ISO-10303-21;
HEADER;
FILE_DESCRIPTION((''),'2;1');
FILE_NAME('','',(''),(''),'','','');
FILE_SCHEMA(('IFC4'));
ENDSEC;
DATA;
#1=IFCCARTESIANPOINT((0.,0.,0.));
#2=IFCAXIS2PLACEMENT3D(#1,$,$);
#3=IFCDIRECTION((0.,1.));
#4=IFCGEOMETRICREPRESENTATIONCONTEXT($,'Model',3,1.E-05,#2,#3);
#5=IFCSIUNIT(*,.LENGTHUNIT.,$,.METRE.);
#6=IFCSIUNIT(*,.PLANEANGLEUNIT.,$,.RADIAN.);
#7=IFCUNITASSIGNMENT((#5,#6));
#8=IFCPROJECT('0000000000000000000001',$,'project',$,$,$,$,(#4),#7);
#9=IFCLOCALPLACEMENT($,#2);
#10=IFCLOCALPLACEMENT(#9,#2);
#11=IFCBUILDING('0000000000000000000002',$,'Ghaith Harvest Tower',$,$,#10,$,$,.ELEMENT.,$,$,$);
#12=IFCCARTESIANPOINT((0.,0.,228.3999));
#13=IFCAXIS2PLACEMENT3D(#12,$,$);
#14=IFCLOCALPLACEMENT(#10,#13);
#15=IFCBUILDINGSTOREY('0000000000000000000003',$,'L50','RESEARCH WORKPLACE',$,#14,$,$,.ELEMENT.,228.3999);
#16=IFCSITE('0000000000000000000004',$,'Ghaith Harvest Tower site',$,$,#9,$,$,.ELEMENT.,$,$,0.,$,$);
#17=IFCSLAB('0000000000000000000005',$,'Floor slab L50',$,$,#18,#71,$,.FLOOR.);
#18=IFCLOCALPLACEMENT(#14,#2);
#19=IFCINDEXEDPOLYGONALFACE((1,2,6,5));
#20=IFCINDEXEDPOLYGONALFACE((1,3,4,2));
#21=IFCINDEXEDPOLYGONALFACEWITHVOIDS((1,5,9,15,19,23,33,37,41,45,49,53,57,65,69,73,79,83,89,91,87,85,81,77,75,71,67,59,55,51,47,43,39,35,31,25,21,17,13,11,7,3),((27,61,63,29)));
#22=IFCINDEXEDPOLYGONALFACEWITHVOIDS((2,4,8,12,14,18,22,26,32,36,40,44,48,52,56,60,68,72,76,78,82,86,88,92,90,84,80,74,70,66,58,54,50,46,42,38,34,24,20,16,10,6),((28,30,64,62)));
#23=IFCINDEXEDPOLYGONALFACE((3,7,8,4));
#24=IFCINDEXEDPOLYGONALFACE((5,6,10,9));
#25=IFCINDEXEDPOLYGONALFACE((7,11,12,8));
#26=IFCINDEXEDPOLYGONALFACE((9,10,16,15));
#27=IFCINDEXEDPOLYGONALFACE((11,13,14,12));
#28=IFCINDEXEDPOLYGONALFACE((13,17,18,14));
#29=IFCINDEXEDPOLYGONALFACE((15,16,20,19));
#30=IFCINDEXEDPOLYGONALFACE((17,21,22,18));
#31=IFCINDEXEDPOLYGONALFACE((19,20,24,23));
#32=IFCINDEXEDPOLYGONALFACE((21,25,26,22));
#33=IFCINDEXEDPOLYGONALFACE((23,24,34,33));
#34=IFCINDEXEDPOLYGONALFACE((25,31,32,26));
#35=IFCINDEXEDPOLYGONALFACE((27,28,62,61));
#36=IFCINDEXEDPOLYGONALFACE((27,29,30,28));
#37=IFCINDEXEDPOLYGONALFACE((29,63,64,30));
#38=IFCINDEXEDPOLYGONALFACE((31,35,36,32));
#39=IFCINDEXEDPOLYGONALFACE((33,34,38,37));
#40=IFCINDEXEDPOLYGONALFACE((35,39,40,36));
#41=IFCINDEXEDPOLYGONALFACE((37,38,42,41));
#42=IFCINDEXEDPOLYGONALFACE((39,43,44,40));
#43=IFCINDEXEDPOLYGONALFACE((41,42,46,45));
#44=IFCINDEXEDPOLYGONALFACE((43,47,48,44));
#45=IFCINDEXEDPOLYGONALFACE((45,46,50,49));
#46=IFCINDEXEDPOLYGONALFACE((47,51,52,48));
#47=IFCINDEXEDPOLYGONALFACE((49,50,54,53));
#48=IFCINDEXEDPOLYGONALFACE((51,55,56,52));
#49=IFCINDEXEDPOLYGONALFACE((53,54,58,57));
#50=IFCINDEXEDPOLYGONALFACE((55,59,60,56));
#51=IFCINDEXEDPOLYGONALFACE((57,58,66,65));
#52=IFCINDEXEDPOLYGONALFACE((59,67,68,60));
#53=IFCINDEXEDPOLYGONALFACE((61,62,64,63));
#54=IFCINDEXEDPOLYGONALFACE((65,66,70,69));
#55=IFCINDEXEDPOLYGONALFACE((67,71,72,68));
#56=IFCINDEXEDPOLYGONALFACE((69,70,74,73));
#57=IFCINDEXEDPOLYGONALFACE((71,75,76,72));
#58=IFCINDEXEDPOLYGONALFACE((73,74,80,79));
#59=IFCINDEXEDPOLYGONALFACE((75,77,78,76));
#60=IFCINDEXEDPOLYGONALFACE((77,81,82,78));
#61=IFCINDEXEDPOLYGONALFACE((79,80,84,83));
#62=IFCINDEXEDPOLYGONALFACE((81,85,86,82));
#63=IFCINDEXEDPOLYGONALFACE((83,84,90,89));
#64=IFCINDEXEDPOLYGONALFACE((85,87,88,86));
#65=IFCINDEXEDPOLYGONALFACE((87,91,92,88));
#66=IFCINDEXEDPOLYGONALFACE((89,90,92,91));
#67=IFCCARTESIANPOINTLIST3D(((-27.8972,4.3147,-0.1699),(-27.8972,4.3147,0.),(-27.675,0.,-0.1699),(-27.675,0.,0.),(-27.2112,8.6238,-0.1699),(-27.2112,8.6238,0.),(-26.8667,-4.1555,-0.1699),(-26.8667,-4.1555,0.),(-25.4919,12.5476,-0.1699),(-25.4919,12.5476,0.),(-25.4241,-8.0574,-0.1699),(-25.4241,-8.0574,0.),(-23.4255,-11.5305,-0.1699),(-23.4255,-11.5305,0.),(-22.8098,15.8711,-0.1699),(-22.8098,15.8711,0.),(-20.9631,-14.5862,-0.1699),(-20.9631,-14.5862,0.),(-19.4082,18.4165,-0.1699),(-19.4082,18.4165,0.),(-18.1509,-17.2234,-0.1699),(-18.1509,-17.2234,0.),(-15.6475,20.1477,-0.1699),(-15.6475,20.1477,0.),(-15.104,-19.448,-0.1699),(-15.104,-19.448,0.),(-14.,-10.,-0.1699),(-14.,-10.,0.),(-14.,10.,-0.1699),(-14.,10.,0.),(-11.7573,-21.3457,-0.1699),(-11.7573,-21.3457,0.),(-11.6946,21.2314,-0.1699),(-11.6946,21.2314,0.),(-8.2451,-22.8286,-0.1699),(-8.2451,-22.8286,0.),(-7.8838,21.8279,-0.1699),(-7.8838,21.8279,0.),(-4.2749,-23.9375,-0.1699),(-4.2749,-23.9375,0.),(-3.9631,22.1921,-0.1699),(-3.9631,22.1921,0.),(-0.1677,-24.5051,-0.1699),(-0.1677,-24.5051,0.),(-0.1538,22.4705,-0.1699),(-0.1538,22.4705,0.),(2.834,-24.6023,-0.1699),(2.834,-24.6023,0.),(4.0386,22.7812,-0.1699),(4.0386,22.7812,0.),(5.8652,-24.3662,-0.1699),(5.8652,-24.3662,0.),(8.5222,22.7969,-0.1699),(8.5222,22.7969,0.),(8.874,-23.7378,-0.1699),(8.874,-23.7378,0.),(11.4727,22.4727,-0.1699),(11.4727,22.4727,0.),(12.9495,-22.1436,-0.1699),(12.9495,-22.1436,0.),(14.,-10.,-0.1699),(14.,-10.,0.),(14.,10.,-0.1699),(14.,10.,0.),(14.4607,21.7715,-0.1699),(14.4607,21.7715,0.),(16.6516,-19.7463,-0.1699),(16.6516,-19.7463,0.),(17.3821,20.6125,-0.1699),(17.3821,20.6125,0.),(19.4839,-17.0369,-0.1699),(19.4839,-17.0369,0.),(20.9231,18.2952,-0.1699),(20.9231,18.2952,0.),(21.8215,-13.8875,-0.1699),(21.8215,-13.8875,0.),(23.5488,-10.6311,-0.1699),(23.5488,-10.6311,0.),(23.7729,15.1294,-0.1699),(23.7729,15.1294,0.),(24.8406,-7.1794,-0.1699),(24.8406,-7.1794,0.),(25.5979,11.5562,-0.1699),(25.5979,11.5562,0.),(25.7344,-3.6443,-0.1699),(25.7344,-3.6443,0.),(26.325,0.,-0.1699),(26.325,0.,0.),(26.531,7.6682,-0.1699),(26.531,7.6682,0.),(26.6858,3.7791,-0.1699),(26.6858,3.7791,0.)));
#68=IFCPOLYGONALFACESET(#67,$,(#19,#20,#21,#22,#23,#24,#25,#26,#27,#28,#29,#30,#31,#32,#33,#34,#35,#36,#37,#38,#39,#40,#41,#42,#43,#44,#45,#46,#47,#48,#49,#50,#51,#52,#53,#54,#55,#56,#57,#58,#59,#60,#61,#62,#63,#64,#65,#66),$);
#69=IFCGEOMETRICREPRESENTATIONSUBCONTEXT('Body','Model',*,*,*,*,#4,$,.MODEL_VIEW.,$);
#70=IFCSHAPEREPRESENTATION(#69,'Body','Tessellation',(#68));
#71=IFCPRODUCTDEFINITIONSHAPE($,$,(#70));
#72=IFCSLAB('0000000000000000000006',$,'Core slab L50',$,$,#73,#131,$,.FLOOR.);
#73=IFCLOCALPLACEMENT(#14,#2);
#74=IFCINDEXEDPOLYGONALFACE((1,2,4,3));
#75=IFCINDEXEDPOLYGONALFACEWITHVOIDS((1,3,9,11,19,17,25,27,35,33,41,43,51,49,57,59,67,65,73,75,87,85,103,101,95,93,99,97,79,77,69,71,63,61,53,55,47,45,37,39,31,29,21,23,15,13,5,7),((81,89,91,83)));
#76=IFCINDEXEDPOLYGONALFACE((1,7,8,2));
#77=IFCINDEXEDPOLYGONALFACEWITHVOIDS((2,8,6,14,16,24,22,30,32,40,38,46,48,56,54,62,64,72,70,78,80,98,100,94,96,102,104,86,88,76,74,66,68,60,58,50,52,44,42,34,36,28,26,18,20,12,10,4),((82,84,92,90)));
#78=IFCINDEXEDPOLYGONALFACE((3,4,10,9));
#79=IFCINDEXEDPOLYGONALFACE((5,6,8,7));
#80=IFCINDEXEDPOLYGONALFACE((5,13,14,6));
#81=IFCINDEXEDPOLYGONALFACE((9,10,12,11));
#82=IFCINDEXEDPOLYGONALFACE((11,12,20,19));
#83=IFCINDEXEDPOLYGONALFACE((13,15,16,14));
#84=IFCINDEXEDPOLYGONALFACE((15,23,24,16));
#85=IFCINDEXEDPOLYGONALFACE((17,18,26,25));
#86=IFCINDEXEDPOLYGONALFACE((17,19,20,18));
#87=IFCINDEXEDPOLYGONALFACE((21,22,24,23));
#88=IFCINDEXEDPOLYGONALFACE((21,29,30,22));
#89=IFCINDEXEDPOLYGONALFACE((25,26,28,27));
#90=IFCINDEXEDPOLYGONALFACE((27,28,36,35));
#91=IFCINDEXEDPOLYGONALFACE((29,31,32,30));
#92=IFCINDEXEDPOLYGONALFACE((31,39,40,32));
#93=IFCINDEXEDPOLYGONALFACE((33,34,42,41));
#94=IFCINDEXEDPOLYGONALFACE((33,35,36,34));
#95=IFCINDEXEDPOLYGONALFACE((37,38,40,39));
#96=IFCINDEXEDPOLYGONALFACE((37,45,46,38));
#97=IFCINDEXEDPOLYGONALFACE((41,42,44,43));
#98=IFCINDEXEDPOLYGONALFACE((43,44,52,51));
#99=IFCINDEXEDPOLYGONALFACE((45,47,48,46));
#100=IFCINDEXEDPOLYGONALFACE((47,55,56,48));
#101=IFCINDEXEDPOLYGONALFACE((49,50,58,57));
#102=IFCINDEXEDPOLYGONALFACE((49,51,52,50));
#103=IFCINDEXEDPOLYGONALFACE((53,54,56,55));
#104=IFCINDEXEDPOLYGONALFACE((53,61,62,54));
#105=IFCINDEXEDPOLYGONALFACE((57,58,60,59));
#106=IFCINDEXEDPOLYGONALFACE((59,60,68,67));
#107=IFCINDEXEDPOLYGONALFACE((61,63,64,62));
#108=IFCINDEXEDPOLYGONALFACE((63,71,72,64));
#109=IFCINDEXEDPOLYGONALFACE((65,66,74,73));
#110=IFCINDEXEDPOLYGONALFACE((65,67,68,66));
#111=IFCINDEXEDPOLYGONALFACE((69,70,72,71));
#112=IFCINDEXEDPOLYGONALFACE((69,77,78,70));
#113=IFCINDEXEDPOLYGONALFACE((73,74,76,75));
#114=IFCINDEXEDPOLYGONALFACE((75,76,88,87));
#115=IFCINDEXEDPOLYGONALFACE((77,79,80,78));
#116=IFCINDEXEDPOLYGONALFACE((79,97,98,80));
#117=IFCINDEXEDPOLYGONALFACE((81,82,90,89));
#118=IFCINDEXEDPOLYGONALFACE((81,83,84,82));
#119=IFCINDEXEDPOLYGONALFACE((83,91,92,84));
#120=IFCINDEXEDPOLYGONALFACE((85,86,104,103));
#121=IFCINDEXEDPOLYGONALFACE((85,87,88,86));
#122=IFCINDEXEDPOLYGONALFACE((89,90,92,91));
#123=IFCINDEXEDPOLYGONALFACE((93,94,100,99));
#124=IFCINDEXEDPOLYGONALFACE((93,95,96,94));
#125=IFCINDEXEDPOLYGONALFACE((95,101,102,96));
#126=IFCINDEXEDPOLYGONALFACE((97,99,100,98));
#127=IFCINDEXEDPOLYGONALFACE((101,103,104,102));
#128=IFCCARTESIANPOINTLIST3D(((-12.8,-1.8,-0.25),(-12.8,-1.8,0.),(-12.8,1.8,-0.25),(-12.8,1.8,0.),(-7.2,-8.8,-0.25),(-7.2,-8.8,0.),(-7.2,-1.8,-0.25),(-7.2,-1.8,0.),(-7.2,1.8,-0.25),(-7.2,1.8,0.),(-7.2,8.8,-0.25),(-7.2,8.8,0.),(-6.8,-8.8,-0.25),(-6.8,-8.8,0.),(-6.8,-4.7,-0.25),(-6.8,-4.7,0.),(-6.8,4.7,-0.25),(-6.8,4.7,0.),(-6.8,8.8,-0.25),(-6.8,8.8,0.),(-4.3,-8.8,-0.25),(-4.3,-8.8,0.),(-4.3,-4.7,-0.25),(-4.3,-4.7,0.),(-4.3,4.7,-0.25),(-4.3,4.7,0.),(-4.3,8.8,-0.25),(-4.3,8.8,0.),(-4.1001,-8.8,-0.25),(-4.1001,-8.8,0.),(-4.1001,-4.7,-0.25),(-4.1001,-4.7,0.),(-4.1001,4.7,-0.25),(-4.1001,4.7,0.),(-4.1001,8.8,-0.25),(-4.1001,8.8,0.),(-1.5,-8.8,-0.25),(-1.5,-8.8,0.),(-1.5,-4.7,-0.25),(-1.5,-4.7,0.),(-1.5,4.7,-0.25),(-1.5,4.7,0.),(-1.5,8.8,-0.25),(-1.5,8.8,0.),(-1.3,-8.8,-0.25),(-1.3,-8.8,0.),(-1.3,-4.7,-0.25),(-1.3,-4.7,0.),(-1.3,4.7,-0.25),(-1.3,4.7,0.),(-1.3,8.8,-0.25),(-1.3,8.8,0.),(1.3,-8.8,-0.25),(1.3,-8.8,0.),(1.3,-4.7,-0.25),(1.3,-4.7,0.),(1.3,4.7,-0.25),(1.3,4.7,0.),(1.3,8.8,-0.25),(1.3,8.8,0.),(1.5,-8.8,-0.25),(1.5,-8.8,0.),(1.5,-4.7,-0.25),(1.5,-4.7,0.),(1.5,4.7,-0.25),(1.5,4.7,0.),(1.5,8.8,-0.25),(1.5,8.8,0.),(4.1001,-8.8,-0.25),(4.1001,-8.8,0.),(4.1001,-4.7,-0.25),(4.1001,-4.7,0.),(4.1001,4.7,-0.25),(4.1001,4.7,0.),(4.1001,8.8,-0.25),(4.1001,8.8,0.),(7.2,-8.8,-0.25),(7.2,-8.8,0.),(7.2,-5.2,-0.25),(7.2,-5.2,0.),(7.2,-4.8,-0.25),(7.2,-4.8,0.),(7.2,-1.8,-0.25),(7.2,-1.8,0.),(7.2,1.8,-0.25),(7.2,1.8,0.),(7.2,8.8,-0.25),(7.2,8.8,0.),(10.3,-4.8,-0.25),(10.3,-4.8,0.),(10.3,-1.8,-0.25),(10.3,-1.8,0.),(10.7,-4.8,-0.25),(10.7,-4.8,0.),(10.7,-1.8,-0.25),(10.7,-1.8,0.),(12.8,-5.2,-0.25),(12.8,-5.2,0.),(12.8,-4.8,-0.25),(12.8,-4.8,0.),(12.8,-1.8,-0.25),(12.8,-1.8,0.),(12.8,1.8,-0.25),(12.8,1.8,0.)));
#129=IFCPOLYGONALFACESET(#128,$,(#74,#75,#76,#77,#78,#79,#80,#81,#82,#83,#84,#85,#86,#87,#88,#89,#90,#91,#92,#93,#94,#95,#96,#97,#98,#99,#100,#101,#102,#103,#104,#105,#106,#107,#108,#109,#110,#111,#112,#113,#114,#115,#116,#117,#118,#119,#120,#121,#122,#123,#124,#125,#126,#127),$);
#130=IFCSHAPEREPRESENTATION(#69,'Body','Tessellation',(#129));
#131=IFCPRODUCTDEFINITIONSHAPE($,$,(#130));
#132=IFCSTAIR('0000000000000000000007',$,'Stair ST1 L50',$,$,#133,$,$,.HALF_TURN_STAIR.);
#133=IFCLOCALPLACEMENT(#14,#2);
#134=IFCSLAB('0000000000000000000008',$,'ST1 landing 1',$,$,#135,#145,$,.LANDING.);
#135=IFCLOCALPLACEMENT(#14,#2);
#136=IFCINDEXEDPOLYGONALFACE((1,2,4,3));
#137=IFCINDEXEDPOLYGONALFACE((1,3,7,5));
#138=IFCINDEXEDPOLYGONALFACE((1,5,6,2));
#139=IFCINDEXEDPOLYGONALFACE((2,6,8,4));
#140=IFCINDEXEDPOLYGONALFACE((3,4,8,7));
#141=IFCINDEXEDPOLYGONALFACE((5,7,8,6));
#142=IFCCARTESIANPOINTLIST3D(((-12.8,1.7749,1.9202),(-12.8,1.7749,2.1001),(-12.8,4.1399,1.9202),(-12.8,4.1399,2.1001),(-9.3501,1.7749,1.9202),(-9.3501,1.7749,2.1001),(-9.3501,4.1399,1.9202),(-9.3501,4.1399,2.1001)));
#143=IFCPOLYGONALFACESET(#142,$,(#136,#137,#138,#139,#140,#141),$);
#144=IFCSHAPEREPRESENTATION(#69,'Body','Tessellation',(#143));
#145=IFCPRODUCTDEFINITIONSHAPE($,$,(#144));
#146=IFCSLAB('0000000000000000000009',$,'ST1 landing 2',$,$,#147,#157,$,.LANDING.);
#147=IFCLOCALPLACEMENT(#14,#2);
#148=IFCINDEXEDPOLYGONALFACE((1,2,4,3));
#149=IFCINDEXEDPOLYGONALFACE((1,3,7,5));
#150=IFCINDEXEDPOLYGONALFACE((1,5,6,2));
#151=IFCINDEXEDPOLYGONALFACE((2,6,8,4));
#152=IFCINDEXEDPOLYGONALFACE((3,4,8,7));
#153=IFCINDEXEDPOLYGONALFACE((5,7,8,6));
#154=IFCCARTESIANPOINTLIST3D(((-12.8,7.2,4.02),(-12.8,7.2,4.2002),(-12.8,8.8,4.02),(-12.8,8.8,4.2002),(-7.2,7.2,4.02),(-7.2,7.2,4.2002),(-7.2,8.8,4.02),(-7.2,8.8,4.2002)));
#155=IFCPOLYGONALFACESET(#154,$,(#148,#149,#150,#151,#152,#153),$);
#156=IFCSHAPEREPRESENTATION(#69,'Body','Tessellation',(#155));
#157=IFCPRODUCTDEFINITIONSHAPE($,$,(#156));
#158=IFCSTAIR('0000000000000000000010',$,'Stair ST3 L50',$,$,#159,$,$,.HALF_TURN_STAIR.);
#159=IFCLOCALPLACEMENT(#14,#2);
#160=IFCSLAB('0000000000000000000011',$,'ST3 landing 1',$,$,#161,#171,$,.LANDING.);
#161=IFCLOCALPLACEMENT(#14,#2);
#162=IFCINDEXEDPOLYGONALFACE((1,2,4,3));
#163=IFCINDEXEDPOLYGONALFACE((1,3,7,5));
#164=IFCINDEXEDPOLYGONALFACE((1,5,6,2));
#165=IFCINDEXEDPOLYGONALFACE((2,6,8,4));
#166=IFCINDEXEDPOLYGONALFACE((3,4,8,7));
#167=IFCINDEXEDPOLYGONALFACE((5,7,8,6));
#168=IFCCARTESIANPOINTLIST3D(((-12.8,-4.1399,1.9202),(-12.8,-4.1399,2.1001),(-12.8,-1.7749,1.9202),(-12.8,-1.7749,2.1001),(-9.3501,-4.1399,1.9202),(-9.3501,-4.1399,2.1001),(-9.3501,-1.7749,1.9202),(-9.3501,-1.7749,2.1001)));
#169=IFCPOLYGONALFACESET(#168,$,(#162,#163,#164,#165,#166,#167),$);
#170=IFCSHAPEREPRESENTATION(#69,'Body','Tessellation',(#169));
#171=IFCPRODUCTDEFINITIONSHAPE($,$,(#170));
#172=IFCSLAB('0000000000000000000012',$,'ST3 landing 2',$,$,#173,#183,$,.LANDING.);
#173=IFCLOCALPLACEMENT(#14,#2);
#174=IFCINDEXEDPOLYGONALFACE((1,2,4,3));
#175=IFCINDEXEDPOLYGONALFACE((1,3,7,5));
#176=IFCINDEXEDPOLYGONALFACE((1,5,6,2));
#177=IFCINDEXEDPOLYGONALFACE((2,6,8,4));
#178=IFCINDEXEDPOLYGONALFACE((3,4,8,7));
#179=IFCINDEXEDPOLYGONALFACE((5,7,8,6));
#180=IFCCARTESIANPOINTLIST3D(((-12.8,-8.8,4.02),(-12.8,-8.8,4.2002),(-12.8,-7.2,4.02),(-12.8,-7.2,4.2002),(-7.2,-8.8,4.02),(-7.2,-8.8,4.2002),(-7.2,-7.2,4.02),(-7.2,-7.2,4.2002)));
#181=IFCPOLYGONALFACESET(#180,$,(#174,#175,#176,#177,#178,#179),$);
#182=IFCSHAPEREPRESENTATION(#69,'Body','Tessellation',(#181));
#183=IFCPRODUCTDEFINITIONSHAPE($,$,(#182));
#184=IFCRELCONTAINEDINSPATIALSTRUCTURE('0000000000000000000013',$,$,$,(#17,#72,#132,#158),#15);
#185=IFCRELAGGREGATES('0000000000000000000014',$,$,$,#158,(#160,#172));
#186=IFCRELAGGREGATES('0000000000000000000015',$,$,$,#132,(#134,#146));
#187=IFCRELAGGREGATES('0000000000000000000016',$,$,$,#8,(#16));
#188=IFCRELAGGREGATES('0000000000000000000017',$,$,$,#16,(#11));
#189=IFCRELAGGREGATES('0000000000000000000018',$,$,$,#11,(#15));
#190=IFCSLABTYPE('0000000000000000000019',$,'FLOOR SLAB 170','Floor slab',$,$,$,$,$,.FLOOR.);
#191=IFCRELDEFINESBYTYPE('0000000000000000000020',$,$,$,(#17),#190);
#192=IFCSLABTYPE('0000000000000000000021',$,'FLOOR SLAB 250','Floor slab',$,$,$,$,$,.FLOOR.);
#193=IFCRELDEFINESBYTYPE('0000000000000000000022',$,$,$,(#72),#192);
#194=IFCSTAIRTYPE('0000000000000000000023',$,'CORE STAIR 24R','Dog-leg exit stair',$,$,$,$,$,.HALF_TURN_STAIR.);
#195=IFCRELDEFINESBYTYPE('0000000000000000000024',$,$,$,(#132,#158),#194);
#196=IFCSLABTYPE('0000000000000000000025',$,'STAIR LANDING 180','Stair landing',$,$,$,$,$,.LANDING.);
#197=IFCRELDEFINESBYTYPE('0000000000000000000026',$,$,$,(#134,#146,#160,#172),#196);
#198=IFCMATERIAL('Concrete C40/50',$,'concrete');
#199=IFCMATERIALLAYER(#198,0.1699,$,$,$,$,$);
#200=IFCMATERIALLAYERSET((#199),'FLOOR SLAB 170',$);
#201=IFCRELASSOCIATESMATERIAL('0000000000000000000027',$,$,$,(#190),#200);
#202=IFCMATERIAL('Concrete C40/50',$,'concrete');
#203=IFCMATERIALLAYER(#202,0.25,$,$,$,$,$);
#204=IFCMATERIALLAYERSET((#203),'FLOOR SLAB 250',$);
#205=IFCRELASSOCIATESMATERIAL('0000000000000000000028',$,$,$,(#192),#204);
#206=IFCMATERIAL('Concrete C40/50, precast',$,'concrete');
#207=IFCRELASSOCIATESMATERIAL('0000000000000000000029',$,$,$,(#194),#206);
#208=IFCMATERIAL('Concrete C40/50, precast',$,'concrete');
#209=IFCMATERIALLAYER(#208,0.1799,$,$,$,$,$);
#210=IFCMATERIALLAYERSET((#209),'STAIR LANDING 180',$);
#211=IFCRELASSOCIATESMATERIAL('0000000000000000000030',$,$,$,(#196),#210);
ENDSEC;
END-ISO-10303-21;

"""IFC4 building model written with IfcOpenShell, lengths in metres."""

from ifc_helpers import new_model, si_unit, direction, frame, origin, place, context, subcontext, project, spatial, polyline, outline, extrude, material, layer, layer_set, type_object, element, aggregate, save


model = new_model("IFC4")

# Units and contexts
model_context = context("Model", 3, precision=1e-05, world=origin(), true_north=direction((0.0, 1.0)))
body_context = subcontext(model_context, "Body", "Model", "MODEL_VIEW")
ifc_project = project(units=[si_unit("LENGTHUNIT", "METRE"), si_unit("PLANEANGLEUNIT", "RADIAN")], contexts=[model_context])

# Site, building, storey
site_placement = place(None, origin())
site = spatial("IfcSite", under=ifc_project, at=site_placement, Name="Ghaith Harvest Tower site", CompositionType="ELEMENT", RefElevation=0.0)
building_placement = place(site_placement, origin())
building = spatial("IfcBuilding", under=site, at=building_placement, Name="Ghaith Harvest Tower", CompositionType="ELEMENT")
storey_placement = place(building_placement, frame((0.0, 0.0, 228.3999)))
storey = spatial("IfcBuildingStorey", under=building, at=storey_placement, Name="L50", Description="RESEARCH WORKPLACE", CompositionType="ELEMENT", Elevation=228.3999)

# Slabs
ifc_material_1 = material(Name="Concrete C40/50", Category="concrete")
ifc_layer_1 = layer(ifc_material_1, 0.1699)
ifc_layer_set_1 = layer_set([ifc_layer_1], Name="FLOOR SLAB 170")
slab_type_1 = type_object("IfcSlabType", Name="FLOOR SLAB 170", Description="Floor slab", PredefinedType="FLOOR", material=ifc_layer_set_1)
slab_1_placement = place(storey_placement, frame((0.0, 0.0, -0.1699)))
element("IfcSlab", 1, at=slab_1_placement, inside=storey, type_object=slab_type_1, Name="Floor slab L50", PredefinedType="FLOOR", context=body_context, shape_type="SweptSolid", body=[
    extrude(outline(polyline([(26.325, 0.0), (26.6858, 3.7791), (26.531, 7.6682), (25.5979, 11.5562), (23.7729, 15.1294), (20.9231, 18.2952), (17.3821, 20.6125), (14.4607, 21.7715), (11.4727, 22.4727), (8.5222, 22.7969), (4.0386, 22.7812), (-0.1538, 22.4705), (-3.9631, 22.1921), (-7.8838, 21.8279), (-11.6946, 21.2314), (-15.6475, 20.1477), (-19.4082, 18.4165), (-22.8098, 15.8711), (-25.4919, 12.5476), (-27.2112, 8.6238), (-27.8972, 4.3147), (-27.675, 0.0), (-26.8667, -4.1555), (-25.4241, -8.0574), (-23.4255, -11.5305), (-20.9631, -14.5862), (-18.1509, -17.2234), (-15.104, -19.448), (-11.7573, -21.3457), (-8.2451, -22.8286), (-4.2749, -23.9375), (-0.1677, -24.5051), (2.834, -24.6023), (5.8652, -24.3662), (8.874, -23.7378), (12.9495, -22.1436), (16.6516, -19.7463), (19.4839, -17.0369), (21.8215, -13.8875), (23.5488, -10.6311), (24.8406, -7.1794), (25.7344, -3.6443), (26.325, 0.0)]), holes=[polyline([(-14.0, -10.0), (14.0, -10.0), (14.0, 10.0), (-14.0, 10.0), (-14.0, -10.0)])]), origin(), (0.0, 0.0, 1.0), 0.1699),
])
ifc_material_2 = material(Name="Concrete C40/50", Category="concrete")
ifc_layer_2 = layer(ifc_material_2, 0.25)
ifc_layer_set_2 = layer_set([ifc_layer_2], Name="FLOOR SLAB 250")
slab_type_2 = type_object("IfcSlabType", Name="FLOOR SLAB 250", Description="Floor slab", PredefinedType="FLOOR", material=ifc_layer_set_2)
slab_2_placement = place(storey_placement, frame((0.0, 0.0, -0.25)))
element("IfcSlab", 2, at=slab_2_placement, inside=storey, type_object=slab_type_2, Name="Core slab L50", PredefinedType="FLOOR", context=body_context, shape_type="SweptSolid", body=[
    extrude(outline(polyline([(-12.8, 1.8), (-7.2, 1.8), (-7.2, 8.8), (-6.8, 8.8), (-6.8, 4.7), (-4.3, 4.7), (-4.3, 8.8), (-4.1001, 8.8), (-4.1001, 4.7), (-1.5, 4.7), (-1.5, 8.8), (-1.3, 8.8), (-1.3, 4.7), (1.3, 4.7), (1.3, 8.8), (1.5, 8.8), (1.5, 4.7), (4.1001, 4.7), (4.1001, 8.8), (7.2, 8.8), (7.2, 1.8), (12.8, 1.8), (12.8, -1.8), (10.7, -1.8), (10.7, -4.8), (12.8, -4.8), (12.8, -5.2), (7.2, -5.2), (7.2, -8.8), (4.1001, -8.8), (4.1001, -4.7), (1.5, -4.7), (1.5, -8.8), (1.3, -8.8), (1.3, -4.7), (-1.3, -4.7), (-1.3, -8.8), (-1.5, -8.8), (-1.5, -4.7), (-4.1001, -4.7), (-4.1001, -8.8), (-4.3, -8.8), (-4.3, -4.7), (-6.8, -4.7), (-6.8, -8.8), (-7.2, -8.8), (-7.2, -1.8), (-12.8, -1.8), (-12.8, 1.8)]), holes=[polyline([(10.3, -4.8), (10.3, -1.8), (7.2, -1.8), (7.2, -4.8), (10.3, -4.8)])]), origin(), (0.0, 0.0, 1.0), 0.25),
])

# Stairs, slabs
ifc_material_3 = material(Name="Concrete C40/50, precast", Category="concrete")
stair_type = type_object("IfcStairType", Name="CORE STAIR 24R", Description="Dog-leg exit stair", PredefinedType="HALF_TURN_STAIR", material=ifc_material_3)
stair_1_placement = place(storey_placement, origin())
stair_1 = element("IfcStair", 3, at=stair_1_placement, inside=storey, type_object=stair_type, Name="Stair ST1 L50", PredefinedType="HALF_TURN_STAIR")
ifc_material_4 = material(Name="Concrete C40/50, precast", Category="concrete")
ifc_layer_3 = layer(ifc_material_4, 0.1799)
ifc_layer_set_3 = layer_set([ifc_layer_3], Name="STAIR LANDING 180")
slab_type_3 = type_object("IfcSlabType", Name="STAIR LANDING 180", Description="Stair landing", PredefinedType="LANDING", material=ifc_layer_set_3)
slab_3_placement = place(storey_placement, frame((0.0, 0.0, 1.9202)))
slab_3 = element("IfcSlab", 4, at=slab_3_placement, type_object=slab_type_3, Name="ST1 landing 1", PredefinedType="LANDING", context=body_context, shape_type="SweptSolid", body=[
    extrude(outline(polyline([(-12.8, 4.1399), (-12.8, 1.7749), (-9.3501, 1.7749), (-9.3501, 4.1399), (-12.8, 4.1399)])), origin(), (0.0, 0.0, 1.0), 0.1799),
])
slab_4_placement = place(storey_placement, frame((0.0, 0.0, 4.02)))
slab_4 = element("IfcSlab", 5, at=slab_4_placement, type_object=slab_type_3, Name="ST1 landing 2", PredefinedType="LANDING", context=body_context, shape_type="SweptSolid", body=[
    extrude(outline(polyline([(-12.8, 8.8), (-12.8, 7.2), (-7.2, 7.2), (-7.2, 8.8), (-12.8, 8.8)])), origin(), (0.0, 0.0, 1.0), 0.1802),
])
stair_2_placement = place(storey_placement, origin())
stair_2 = element("IfcStair", 6, at=stair_2_placement, inside=storey, type_object=stair_type, Name="Stair ST3 L50", PredefinedType="HALF_TURN_STAIR")
slab_5_placement = place(storey_placement, frame((0.0, 0.0, 1.9202)))
slab_5 = element("IfcSlab", 7, at=slab_5_placement, type_object=slab_type_3, Name="ST3 landing 1", PredefinedType="LANDING", context=body_context, shape_type="SweptSolid", body=[
    extrude(outline(polyline([(-12.8, -4.1399), (-12.8, -1.7749), (-9.3501, -1.7749), (-9.3501, -4.1399), (-12.8, -4.1399)])), origin(), (0.0, 0.0, 1.0), 0.1799),
])
slab_6_placement = place(storey_placement, frame((0.0, 0.0, 4.02)))
slab_6 = element("IfcSlab", 8, at=slab_6_placement, type_object=slab_type_3, Name="ST3 landing 2", PredefinedType="LANDING", context=body_context, shape_type="SweptSolid", body=[
    extrude(outline(polyline([(-12.8, -8.8), (-12.8, -7.2), (-7.2, -7.2), (-7.2, -8.8), (-12.8, -8.8)])), origin(), (0.0, 0.0, 1.0), 0.1802),
])
aggregate(stair_2, [slab_5, slab_6])

aggregate(stair_1, [slab_3, slab_4])

save(model, "model.ifc")
